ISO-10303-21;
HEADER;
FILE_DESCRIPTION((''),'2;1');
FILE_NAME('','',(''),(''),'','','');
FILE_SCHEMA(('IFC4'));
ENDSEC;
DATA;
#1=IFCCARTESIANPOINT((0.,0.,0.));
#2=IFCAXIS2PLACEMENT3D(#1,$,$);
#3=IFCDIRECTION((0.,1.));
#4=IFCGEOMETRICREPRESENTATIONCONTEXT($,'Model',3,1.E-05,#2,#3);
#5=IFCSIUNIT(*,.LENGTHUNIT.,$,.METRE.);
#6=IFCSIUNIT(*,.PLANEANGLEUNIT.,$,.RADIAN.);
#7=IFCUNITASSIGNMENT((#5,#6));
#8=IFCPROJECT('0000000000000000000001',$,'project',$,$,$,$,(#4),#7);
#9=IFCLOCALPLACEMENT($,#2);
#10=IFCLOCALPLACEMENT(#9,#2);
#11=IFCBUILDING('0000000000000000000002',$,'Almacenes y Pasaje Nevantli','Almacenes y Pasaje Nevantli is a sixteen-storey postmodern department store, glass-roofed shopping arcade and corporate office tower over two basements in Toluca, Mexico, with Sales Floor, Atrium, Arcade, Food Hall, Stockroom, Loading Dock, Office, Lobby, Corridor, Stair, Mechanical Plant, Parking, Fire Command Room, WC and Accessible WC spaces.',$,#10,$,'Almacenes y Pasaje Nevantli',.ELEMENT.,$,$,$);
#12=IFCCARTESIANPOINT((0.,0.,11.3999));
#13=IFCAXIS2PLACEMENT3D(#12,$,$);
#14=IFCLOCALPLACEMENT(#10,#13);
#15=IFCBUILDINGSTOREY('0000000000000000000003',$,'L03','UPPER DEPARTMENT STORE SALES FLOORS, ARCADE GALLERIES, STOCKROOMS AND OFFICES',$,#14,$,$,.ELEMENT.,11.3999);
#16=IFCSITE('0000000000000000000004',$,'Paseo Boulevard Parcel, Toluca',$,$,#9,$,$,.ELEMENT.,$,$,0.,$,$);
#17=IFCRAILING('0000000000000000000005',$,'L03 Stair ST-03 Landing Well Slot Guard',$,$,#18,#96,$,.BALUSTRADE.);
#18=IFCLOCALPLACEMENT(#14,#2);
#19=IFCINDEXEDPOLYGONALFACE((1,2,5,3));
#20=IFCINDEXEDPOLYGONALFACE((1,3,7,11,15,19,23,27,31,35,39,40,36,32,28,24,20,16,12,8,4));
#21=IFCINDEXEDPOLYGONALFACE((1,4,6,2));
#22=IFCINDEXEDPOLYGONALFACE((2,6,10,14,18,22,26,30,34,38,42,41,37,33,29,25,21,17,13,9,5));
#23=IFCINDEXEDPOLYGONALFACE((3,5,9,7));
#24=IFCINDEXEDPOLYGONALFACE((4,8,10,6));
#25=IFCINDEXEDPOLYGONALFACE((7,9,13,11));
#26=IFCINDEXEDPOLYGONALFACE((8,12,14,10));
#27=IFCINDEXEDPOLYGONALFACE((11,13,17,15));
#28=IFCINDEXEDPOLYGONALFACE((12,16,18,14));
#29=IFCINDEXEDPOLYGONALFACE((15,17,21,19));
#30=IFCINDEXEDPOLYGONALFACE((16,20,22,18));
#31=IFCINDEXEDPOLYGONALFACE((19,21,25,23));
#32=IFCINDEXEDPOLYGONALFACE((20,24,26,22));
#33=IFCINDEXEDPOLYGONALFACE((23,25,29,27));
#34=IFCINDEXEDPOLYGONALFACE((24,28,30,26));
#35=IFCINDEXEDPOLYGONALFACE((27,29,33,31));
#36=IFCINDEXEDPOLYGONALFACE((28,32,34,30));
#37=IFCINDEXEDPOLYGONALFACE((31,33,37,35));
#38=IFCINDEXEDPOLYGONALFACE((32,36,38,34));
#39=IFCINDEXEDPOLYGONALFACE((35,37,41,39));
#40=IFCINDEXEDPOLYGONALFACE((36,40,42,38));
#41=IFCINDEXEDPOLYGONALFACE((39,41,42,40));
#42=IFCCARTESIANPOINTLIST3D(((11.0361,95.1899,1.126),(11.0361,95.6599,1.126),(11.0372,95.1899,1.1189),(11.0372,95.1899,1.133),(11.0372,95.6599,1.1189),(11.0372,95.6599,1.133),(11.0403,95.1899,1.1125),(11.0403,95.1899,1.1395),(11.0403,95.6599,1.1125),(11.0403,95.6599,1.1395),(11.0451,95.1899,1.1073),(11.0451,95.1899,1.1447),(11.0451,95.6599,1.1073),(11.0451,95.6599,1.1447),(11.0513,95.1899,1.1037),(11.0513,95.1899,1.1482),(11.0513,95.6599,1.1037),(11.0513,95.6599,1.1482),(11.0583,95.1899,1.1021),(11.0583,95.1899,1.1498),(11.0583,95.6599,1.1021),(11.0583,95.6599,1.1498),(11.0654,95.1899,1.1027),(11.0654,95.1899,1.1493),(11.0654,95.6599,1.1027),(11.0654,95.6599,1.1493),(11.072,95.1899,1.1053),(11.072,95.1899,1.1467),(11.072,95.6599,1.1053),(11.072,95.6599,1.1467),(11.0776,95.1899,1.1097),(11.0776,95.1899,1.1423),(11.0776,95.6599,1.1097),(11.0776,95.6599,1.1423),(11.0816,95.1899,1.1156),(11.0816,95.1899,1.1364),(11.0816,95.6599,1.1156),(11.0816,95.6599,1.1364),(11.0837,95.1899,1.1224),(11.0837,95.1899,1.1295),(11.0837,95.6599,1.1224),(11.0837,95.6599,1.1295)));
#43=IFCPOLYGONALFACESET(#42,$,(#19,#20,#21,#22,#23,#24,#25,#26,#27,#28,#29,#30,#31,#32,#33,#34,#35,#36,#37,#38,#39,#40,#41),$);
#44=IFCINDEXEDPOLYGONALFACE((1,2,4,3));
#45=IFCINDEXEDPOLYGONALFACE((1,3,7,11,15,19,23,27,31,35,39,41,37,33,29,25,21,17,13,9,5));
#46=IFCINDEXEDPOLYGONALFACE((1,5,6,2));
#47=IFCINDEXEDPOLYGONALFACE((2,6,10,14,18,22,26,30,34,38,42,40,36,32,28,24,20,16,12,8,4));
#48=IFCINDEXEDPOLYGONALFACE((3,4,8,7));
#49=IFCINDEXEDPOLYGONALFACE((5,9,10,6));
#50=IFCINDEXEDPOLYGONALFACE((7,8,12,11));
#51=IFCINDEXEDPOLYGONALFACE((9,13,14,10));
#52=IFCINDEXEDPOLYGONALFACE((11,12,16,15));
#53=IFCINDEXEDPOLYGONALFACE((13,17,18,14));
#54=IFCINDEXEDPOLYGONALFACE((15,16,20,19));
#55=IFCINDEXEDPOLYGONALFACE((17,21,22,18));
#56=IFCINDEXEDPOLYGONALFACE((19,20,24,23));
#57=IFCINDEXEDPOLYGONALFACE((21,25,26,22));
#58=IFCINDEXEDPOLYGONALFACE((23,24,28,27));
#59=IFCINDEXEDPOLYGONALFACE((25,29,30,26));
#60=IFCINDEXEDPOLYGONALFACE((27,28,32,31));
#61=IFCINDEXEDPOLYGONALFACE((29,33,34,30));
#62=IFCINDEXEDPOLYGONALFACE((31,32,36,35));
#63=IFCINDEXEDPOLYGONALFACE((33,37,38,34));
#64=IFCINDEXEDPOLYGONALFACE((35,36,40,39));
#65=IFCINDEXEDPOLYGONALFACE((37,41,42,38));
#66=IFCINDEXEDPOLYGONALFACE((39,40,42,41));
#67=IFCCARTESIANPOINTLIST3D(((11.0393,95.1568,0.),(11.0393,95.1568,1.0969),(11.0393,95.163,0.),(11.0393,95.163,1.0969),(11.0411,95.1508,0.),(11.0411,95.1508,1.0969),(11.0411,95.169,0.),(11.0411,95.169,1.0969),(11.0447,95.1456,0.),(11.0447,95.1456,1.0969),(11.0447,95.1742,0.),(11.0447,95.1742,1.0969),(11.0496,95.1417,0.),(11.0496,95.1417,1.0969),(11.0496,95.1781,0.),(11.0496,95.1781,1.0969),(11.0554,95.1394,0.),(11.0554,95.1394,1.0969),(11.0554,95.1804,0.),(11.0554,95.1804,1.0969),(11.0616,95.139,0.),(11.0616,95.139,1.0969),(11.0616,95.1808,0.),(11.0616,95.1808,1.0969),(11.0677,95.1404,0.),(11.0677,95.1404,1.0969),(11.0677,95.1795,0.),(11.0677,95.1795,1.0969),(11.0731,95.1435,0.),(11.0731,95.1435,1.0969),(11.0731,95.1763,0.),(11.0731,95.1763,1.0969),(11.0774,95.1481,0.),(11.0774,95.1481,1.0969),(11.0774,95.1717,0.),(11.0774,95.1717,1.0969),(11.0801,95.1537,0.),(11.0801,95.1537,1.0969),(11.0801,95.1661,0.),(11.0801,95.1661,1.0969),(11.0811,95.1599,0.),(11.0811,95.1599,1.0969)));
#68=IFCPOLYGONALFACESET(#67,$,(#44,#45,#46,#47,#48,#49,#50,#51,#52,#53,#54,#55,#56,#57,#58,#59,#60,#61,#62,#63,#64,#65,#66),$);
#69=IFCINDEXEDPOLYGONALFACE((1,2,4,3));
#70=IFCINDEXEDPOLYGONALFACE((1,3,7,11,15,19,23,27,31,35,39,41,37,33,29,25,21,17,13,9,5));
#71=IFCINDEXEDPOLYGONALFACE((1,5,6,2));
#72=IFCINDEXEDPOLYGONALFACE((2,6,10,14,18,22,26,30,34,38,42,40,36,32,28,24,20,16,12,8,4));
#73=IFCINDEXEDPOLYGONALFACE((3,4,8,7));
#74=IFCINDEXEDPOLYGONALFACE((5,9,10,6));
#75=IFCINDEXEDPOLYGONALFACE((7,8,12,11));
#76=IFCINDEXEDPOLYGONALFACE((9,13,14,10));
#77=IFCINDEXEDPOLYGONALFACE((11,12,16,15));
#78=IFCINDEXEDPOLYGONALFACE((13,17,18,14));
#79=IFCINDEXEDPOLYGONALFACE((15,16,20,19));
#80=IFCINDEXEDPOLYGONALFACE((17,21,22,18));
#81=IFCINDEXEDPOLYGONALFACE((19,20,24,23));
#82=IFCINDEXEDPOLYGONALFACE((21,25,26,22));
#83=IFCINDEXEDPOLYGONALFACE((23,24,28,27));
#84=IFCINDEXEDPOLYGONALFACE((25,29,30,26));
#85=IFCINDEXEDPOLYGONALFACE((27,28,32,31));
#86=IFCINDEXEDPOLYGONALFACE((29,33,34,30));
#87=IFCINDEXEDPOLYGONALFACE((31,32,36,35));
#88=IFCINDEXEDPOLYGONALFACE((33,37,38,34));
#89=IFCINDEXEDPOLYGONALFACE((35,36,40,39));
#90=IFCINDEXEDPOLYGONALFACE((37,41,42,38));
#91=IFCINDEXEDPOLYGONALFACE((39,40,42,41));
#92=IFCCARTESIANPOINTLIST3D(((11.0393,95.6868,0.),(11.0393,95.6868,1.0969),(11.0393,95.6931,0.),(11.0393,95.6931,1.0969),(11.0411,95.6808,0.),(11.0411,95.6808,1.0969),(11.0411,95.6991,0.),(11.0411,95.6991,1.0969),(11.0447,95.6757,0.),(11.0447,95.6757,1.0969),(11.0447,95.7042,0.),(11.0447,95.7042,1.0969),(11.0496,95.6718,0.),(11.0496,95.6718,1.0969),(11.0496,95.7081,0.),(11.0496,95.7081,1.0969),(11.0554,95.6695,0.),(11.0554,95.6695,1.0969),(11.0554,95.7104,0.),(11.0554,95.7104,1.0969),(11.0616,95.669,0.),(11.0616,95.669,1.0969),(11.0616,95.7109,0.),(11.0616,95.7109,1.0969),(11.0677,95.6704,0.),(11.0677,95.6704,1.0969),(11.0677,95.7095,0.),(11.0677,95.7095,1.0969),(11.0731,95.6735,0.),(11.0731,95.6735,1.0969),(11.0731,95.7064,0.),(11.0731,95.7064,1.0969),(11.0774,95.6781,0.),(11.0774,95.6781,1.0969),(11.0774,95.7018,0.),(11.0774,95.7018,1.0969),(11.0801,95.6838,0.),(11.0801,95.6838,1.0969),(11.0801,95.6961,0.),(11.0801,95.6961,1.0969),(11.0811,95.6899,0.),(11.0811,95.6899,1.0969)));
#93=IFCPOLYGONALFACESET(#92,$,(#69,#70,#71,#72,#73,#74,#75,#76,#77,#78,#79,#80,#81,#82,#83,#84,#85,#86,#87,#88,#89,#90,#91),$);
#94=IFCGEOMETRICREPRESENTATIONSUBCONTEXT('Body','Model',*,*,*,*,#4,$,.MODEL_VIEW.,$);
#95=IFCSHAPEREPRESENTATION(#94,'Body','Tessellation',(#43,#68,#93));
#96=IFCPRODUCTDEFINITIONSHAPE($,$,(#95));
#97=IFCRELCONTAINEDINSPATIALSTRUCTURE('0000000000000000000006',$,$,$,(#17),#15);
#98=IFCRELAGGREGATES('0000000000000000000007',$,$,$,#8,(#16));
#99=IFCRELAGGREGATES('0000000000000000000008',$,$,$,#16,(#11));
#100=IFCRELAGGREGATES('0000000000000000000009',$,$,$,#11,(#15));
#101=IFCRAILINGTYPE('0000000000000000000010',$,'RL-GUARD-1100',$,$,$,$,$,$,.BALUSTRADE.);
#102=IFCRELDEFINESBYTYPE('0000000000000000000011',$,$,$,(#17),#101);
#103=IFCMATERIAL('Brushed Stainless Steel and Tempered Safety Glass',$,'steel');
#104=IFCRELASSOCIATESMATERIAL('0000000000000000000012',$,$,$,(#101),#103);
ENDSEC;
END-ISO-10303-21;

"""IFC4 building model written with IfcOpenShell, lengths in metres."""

from ifc_helpers import new_model, si_unit, direction, frame, origin, origin_2d, place, context, subcontext, project, spatial, circle, extrude, material, type_object, element, save


model = new_model("IFC4")

# Units and contexts
model_context = context("Model", 3, precision=1e-05, world=origin(), true_north=direction((0.0, 1.0)))
body_context = subcontext(model_context, "Body", "Model", "MODEL_VIEW")
ifc_project = project(units=[si_unit("LENGTHUNIT", "METRE"), si_unit("PLANEANGLEUNIT", "RADIAN")], contexts=[model_context])

# Site, building, storey
site_placement = place(None, origin())
site = spatial("IfcSite", under=ifc_project, at=site_placement, Name="Paseo Boulevard Parcel, Toluca", CompositionType="ELEMENT", RefElevation=0.0)
building_placement = place(site_placement, origin())
building = spatial("IfcBuilding", under=site, at=building_placement, Name="Almacenes y Pasaje Nevantli", Description="Almacenes y Pasaje Nevantli is a sixteen-storey postmodern department store, glass-roofed shopping arcade and corporate office tower over two basements in Toluca, Mexico, with Sales Floor, Atrium, Arcade, Food Hall, Stockroom, Loading Dock, Office, Lobby, Corridor, Stair, Mechanical Plant, Parking, Fire Command Room, WC and Accessible WC spaces.", LongName="Almacenes y Pasaje Nevantli", CompositionType="ELEMENT")
storey_placement = place(building_placement, frame((0.0, 0.0, 11.3999)))
storey = spatial("IfcBuildingStorey", under=building, at=storey_placement, Name="L03", Description="UPPER DEPARTMENT STORE SALES FLOORS, ARCADE GALLERIES, STOCKROOMS AND OFFICES", CompositionType="ELEMENT", Elevation=11.3999)

# Railing
ifc_material_1 = material(Name="Brushed Stainless Steel and Tempered Safety Glass", Category="steel")
railing_type_1 = type_object("IfcRailingType", Name="RL-GUARD-1100", PredefinedType="BALUSTRADE", material=ifc_material_1)
railing_1_placement = place(storey_placement, frame((11.0601, 95.1599, 0.0)))
element("IfcRailing", 1, at=railing_1_placement, inside=storey, type_object=railing_type_1, Name="L03 Stair ST-03 Landing Well Slot Guard", PredefinedType="BALUSTRADE", context=body_context, shape_type="SweptSolid", body=[
    extrude(circle(Radius=0.0239, at=origin_2d()), frame((0.0, 0.03, 1.126), z_axis=(0.0, 1.0, 0.0), x_axis=(-1.0, 0.0, 0.0)), (0.0, 0.0, 1.0), 0.47),
    extrude(circle(Radius=0.021, at=origin_2d()), origin(), (0.0, 0.0, 1.0), 1.0969),
    extrude(circle(Radius=0.021, at=origin_2d()), frame((0.0, 0.53, 0.0)), (0.0, 0.0, 1.0), 1.0969),
])

save(model, "model.ifc")
